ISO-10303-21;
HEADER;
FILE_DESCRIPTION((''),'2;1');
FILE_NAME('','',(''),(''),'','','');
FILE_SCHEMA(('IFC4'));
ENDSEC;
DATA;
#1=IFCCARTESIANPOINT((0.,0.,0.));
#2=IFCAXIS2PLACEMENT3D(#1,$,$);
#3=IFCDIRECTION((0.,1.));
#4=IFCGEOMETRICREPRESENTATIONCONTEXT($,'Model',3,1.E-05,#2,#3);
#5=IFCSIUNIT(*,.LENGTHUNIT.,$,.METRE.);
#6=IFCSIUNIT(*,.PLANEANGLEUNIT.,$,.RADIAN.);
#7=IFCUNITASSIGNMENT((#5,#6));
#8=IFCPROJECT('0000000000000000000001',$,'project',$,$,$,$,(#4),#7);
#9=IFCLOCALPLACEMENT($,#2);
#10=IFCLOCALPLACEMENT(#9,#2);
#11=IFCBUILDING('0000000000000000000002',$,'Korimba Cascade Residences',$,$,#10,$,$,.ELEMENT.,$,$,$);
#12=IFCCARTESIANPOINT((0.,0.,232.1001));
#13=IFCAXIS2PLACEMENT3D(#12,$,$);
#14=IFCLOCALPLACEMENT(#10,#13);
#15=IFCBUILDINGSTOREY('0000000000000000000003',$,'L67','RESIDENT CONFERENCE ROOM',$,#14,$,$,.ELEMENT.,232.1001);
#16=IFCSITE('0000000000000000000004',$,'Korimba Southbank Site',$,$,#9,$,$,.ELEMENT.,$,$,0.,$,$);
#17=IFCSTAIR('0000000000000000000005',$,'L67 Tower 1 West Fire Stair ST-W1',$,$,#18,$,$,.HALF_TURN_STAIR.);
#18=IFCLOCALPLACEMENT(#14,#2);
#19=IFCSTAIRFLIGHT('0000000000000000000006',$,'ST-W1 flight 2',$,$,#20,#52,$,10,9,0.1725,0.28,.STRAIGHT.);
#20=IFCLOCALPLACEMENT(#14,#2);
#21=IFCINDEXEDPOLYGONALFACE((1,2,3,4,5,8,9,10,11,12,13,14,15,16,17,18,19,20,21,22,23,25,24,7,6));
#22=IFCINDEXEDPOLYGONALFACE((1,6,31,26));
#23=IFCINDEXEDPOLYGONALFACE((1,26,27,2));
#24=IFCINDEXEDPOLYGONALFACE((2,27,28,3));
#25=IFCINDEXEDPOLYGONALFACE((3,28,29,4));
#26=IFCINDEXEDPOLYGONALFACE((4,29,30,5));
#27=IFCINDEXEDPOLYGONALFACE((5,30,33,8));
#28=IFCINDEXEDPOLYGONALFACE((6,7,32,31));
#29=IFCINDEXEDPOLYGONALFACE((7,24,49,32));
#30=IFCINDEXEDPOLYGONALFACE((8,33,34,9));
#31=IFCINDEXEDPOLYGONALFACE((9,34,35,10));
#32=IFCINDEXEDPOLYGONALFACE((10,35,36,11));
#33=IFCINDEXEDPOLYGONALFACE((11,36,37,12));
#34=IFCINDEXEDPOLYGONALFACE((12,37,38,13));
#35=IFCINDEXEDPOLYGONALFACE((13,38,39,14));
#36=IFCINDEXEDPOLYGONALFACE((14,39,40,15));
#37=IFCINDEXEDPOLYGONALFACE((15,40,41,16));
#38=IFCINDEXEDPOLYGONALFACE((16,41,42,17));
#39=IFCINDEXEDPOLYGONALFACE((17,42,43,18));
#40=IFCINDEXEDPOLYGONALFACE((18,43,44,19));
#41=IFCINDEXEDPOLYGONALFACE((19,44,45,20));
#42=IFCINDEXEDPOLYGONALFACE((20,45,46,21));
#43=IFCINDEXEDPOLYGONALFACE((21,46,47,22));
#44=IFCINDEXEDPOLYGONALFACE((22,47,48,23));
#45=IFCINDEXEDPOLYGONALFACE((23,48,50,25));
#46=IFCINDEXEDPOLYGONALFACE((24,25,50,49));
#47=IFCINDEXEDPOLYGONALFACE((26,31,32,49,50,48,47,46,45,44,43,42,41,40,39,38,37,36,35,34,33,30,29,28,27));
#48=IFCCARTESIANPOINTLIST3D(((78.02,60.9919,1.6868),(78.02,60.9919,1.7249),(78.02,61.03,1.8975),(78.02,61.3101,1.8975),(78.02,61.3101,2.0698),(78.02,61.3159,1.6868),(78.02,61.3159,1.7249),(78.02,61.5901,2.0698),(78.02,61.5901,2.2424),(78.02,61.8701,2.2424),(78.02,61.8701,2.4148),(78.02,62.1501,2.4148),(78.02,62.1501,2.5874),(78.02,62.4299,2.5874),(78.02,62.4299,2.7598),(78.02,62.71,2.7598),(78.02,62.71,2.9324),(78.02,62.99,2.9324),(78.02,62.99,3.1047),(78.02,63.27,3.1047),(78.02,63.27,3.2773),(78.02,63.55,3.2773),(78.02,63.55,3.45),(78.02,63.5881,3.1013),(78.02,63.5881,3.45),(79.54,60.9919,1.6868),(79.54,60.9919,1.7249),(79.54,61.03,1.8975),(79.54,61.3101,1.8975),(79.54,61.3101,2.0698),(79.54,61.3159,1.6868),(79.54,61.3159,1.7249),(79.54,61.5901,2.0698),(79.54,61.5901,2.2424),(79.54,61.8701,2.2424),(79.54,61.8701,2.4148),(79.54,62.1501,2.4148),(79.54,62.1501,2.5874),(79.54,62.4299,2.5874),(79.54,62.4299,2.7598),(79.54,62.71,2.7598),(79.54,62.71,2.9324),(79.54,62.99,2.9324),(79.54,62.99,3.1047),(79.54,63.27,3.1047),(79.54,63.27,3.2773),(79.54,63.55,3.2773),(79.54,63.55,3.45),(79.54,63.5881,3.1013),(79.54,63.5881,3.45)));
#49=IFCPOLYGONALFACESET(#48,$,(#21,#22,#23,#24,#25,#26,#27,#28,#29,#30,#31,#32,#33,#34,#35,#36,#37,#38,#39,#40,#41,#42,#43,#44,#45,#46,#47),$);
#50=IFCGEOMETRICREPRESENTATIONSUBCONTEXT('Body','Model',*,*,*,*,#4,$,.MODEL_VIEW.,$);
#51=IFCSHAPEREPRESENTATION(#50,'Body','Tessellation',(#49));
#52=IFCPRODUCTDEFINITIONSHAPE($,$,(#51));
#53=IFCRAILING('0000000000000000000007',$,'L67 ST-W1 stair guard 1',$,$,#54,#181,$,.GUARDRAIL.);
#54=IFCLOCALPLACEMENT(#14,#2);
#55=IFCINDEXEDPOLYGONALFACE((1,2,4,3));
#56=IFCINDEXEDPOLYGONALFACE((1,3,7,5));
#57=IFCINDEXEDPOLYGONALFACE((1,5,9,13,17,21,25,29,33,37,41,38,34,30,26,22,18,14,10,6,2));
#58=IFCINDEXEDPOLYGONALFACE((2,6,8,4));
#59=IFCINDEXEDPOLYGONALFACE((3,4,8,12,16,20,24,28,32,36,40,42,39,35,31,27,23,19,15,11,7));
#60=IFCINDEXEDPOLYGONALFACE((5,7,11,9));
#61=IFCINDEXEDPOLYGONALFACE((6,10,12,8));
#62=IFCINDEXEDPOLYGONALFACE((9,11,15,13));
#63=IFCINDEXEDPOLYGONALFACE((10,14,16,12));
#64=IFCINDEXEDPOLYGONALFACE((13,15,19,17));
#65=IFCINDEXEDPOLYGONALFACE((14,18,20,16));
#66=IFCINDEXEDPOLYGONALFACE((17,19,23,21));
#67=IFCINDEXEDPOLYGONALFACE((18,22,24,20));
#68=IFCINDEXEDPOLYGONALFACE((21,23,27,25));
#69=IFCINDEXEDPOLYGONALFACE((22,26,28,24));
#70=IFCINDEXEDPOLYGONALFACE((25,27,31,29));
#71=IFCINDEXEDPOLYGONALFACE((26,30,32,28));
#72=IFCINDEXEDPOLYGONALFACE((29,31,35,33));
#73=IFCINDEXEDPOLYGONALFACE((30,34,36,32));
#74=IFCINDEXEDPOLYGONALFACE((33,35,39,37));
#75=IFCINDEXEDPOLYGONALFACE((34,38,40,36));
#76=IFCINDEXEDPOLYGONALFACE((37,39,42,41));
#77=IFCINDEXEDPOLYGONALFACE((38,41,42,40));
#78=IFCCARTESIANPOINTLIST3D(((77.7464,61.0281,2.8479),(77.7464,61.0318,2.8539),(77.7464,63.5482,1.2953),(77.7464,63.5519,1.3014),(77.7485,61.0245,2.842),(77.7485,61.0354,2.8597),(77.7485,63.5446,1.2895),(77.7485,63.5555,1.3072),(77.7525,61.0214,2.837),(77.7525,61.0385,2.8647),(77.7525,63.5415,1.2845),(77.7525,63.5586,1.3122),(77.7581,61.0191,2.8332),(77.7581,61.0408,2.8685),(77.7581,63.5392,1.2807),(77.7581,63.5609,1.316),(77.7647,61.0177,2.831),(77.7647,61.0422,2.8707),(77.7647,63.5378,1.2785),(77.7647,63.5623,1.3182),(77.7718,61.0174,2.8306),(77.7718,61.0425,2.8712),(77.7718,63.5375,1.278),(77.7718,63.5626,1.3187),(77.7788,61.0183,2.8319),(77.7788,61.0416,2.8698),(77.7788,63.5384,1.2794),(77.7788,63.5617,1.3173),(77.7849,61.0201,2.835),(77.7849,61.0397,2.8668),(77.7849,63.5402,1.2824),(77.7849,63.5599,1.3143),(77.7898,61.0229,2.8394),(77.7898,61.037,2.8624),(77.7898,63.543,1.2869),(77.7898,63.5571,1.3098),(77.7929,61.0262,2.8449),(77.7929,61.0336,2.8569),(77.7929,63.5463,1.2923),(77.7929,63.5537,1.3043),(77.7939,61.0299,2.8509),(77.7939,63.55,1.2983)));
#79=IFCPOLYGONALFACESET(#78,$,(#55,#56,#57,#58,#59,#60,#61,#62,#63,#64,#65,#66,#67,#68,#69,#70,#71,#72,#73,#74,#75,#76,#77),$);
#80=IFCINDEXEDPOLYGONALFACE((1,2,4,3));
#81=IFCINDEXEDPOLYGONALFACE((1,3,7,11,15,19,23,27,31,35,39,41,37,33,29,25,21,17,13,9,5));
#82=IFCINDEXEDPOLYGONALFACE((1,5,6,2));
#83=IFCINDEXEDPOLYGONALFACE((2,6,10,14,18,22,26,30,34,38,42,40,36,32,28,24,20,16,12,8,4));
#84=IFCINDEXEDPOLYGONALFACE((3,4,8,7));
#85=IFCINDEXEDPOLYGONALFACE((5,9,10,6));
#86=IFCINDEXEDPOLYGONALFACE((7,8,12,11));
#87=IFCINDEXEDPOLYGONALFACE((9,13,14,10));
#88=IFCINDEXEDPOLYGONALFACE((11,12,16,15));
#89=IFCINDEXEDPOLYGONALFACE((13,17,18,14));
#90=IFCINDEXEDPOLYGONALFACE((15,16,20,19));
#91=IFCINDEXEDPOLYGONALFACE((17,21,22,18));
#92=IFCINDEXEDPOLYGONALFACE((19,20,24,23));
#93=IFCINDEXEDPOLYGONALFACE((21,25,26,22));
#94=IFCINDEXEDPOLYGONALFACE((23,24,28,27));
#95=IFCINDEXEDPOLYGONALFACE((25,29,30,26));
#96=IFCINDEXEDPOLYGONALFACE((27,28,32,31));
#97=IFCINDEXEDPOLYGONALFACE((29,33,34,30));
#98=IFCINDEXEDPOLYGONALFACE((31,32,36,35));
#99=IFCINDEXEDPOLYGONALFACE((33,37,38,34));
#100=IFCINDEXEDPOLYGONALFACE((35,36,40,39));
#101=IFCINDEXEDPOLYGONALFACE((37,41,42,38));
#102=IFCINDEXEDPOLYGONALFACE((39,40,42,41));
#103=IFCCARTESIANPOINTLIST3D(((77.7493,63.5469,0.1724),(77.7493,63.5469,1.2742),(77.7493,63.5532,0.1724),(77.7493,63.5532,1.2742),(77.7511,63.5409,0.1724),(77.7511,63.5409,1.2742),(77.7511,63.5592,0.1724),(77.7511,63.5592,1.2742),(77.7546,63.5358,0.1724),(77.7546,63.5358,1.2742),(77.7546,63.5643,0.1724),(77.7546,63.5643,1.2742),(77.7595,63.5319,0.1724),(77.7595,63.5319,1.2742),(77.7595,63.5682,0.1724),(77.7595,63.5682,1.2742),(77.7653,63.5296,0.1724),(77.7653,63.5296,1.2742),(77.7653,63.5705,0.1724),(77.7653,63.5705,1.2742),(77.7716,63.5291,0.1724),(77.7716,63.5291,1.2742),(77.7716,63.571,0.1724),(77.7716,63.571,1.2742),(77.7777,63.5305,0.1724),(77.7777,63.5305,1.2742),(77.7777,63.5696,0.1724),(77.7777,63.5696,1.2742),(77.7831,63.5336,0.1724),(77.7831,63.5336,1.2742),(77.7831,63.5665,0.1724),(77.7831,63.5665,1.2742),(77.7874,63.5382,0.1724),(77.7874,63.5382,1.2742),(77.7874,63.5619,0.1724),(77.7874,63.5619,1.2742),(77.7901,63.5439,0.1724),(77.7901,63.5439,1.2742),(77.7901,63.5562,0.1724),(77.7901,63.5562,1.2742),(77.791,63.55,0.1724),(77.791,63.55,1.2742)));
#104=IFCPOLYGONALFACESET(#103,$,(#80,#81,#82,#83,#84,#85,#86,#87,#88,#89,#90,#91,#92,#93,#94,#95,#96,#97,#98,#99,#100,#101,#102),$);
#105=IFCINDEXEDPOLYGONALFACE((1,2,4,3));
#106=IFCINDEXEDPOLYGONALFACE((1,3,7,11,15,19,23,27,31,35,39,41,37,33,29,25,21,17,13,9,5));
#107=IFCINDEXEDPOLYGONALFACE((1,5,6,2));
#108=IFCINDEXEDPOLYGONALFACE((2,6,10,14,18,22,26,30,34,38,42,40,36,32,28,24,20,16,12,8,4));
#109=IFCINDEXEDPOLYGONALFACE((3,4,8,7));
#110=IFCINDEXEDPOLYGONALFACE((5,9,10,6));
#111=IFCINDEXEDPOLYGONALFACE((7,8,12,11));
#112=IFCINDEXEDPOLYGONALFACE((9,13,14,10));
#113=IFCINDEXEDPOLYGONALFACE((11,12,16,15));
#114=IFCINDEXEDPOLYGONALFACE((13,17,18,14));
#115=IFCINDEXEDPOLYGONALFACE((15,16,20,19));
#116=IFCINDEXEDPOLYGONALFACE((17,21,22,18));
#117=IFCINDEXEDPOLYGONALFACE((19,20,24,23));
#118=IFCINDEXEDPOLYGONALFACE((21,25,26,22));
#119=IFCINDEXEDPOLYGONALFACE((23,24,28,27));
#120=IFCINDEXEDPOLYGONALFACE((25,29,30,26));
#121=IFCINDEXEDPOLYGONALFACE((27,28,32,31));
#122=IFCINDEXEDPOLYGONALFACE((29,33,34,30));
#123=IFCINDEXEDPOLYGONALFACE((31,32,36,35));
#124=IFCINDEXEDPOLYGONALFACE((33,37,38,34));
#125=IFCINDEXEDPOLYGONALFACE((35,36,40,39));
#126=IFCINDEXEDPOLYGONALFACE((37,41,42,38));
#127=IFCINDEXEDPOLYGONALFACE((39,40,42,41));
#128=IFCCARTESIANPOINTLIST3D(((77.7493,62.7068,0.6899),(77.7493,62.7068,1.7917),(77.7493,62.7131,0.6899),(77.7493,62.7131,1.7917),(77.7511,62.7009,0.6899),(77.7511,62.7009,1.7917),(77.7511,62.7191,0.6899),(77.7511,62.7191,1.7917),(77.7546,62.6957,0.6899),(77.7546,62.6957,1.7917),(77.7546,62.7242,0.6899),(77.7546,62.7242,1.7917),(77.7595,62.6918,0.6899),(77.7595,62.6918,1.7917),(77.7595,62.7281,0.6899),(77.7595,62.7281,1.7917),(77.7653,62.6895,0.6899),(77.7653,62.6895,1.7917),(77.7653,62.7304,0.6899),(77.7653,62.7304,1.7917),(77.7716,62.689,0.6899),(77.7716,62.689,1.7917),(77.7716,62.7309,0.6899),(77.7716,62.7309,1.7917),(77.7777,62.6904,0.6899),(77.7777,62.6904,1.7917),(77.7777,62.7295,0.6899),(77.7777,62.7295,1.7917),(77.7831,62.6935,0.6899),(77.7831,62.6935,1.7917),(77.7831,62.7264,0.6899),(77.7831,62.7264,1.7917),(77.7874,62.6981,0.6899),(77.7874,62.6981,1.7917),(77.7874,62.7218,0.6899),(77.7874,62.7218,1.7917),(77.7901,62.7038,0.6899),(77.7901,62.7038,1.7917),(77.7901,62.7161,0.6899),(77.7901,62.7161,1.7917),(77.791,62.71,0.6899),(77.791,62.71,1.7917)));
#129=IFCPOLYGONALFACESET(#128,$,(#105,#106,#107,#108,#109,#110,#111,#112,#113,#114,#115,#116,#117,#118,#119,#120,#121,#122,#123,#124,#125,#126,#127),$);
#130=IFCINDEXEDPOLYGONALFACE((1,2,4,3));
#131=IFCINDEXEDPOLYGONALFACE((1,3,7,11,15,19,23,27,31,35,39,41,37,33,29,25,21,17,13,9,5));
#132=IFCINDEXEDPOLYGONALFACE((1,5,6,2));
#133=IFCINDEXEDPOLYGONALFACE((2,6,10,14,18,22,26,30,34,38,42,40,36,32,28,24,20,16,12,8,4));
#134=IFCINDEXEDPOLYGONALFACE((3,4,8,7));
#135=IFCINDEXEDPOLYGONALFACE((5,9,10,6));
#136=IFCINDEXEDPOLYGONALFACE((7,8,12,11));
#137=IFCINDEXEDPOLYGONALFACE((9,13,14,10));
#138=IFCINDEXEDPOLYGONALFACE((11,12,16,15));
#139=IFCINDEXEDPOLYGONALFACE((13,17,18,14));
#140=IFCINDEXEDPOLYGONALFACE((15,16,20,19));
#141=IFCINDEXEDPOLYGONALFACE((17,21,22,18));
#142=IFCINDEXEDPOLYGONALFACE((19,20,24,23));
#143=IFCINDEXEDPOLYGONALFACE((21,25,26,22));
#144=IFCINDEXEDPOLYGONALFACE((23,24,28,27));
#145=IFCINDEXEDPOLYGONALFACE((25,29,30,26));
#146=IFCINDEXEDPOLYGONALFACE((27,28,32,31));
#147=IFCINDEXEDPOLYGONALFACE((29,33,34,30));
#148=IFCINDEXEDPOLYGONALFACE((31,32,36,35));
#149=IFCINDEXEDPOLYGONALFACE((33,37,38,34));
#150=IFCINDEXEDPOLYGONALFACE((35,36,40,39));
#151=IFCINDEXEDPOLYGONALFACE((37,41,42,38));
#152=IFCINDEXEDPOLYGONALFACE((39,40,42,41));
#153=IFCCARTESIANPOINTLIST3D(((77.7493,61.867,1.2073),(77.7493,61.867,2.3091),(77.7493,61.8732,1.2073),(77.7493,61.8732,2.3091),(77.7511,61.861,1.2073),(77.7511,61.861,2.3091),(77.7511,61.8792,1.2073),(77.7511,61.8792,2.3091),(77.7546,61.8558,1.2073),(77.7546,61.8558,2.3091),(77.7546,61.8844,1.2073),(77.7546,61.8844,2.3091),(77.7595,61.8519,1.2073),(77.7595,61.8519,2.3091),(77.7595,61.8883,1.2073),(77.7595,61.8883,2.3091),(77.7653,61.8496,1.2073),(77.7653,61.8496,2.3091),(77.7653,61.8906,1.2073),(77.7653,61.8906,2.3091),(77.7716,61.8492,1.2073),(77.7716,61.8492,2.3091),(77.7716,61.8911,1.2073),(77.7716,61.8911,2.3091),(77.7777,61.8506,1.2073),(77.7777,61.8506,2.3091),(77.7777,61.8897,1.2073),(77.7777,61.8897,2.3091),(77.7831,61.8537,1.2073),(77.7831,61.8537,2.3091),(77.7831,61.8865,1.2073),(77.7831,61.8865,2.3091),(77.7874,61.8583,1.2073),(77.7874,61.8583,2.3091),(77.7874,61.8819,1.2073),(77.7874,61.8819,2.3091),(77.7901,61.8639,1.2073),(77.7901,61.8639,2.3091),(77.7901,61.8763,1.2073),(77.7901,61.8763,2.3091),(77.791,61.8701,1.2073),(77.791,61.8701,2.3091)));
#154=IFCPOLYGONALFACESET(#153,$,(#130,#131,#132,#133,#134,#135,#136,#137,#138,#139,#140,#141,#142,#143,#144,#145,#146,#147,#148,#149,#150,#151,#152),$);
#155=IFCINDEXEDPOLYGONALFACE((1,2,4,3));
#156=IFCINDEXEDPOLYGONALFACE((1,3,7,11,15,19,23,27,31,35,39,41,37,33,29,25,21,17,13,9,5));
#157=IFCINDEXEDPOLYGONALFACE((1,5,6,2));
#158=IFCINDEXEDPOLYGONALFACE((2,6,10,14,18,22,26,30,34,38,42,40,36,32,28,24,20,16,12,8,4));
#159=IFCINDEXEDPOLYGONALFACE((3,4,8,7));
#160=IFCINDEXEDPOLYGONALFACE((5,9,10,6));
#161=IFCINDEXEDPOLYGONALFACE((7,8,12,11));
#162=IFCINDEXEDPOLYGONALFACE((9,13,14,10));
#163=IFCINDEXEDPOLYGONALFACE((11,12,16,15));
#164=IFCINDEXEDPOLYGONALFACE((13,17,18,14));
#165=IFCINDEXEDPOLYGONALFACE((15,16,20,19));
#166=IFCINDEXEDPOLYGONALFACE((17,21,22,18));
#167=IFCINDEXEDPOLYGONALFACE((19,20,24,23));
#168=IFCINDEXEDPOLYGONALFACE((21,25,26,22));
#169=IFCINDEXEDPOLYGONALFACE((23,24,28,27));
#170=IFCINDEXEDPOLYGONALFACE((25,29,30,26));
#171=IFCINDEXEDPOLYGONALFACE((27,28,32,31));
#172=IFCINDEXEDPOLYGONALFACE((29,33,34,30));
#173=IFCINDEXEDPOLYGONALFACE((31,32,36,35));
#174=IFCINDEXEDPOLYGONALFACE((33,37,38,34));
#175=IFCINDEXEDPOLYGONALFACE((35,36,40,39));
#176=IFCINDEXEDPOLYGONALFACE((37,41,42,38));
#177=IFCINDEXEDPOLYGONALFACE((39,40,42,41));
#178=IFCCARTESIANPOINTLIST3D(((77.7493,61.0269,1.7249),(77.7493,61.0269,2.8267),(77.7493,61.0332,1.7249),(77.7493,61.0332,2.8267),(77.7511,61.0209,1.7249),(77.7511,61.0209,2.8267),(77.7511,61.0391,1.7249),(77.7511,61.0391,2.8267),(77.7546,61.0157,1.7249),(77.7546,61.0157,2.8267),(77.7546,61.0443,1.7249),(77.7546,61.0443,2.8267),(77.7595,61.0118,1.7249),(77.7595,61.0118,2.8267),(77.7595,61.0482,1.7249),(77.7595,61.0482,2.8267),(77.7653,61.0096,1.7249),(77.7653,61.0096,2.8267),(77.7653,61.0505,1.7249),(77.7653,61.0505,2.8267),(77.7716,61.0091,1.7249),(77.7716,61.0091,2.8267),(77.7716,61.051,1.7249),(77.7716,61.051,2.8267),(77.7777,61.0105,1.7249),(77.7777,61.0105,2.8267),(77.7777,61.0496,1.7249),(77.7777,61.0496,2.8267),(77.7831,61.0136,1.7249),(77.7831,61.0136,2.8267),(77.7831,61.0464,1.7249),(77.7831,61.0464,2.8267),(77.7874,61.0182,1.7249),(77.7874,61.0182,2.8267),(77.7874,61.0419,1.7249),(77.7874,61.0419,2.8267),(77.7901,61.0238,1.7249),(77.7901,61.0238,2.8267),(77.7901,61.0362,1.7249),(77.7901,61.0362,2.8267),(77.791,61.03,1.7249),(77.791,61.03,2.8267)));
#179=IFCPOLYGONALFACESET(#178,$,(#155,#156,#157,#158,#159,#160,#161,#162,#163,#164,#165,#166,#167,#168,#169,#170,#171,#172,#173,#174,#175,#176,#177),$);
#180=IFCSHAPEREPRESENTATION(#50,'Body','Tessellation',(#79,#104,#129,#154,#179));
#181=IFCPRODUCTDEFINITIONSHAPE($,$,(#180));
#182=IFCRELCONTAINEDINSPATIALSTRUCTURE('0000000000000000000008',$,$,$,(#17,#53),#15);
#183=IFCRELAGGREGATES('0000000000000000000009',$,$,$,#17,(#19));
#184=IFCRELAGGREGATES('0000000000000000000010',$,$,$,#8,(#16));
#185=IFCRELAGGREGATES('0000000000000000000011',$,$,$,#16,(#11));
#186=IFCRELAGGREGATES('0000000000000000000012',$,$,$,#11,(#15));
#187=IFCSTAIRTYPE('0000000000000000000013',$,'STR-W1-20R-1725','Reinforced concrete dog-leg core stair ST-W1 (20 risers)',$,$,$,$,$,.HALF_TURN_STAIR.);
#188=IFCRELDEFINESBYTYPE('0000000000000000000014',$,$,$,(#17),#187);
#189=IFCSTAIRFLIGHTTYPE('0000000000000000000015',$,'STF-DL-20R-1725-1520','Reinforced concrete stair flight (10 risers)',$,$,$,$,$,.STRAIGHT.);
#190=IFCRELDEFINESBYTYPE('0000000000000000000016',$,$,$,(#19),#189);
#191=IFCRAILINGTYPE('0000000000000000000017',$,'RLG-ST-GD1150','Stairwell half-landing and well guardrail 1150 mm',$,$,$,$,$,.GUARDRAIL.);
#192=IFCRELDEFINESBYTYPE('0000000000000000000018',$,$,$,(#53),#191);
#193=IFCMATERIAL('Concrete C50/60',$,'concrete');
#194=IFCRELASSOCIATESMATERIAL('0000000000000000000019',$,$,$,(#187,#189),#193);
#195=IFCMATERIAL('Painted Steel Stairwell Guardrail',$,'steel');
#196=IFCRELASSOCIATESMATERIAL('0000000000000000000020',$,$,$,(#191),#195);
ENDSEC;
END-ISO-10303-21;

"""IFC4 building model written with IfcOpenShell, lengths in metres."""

from ifc_helpers import new_model, si_unit, direction, frame, origin, origin_2d, place, context, subcontext, project, spatial, polyline, circle, outline, extrude, material, type_object, element, aggregate, save


model = new_model("IFC4")

# Units and contexts
model_context = context("Model", 3, precision=1e-05, world=origin(), true_north=direction((0.0, 1.0)))
body_context = subcontext(model_context, "Body", "Model", "MODEL_VIEW")
ifc_project = project(units=[si_unit("LENGTHUNIT", "METRE"), si_unit("PLANEANGLEUNIT", "RADIAN")], contexts=[model_context])

# Site, building, storey
site_placement = place(None, origin())
site = spatial("IfcSite", under=ifc_project, at=site_placement, Name="Korimba Southbank Site", CompositionType="ELEMENT", RefElevation=0.0)
building_placement = place(site_placement, origin())
building = spatial("IfcBuilding", under=site, at=building_placement, Name="Korimba Cascade Residences", CompositionType="ELEMENT")
storey_placement = place(building_placement, frame((0.0, 0.0, 232.1001)))
storey = spatial("IfcBuildingStorey", under=building, at=storey_placement, Name="L67", Description="RESIDENT CONFERENCE ROOM", CompositionType="ELEMENT", Elevation=232.1001)

# Shared definitions
ifc_material_1 = material(Name="Concrete C50/60", Category="concrete")

# Stair, stair flight
stair_type = type_object("IfcStairType", Name="STR-W1-20R-1725", Description="Reinforced concrete dog-leg core stair ST-W1 (20 risers)", PredefinedType="HALF_TURN_STAIR", material=ifc_material_1)
stair_placement = place(storey_placement, origin())
stair = element("IfcStair", 1, at=stair_placement, inside=storey, type_object=stair_type, Name="L67 Tower 1 West Fire Stair ST-W1", PredefinedType="HALF_TURN_STAIR")
stair_flight_type = type_object("IfcStairFlightType", Name="STF-DL-20R-1725-1520", Description="Reinforced concrete stair flight (10 risers)", PredefinedType="STRAIGHT", material=ifc_material_1)
stair_flight_1_placement = place(storey_placement, frame((78.78, 61.03, 1.7249), z_axis=(0.0, 0.0, 1.0), x_axis=(0.0, 1.0, 0.0)))
stair_flight_1 = element("IfcStairFlight", 2, at=stair_flight_1_placement, type_object=stair_flight_type, Name="ST-W1 flight 2", NumberOfRisers=10, NumberOfTreads=9, PredefinedType="STRAIGHT", RiserHeight=0.1725, TreadLength=0.28, context=body_context, shape_type="SweptSolid", body=[
    extrude(outline(polyline([(-0.0381, 0.0), (0.0, 0.1726), (0.28, 0.1726), (0.28, 0.345), (0.5601, 0.345), (0.5601, 0.5176), (0.8401, 0.5176), (0.8401, 0.6899), (1.1201, 0.6899), (1.1201, 0.8625), (1.3999, 0.8625), (1.3999, 1.0349), (1.6799, 1.0349), (1.6799, 1.2075), (1.96, 1.2075), (1.96, 1.3799), (2.24, 1.3799), (2.24, 1.5525), (2.52, 1.5525), (2.52, 1.7251), (2.5581, 1.7251), (2.5581, 1.3765), (0.2859, 0.0), (0.2859, -0.0381), (-0.0381, -0.0381), (-0.0381, 0.0)])), frame((0.0, 0.76, 0.0), z_axis=(0.0, -1.0, 0.0), x_axis=(1.0, 0.0, 0.0)), (0.0, 0.0, 1.0), 1.52),
])
aggregate(stair, [stair_flight_1])

# Railing
ifc_material_2 = material(Name="Painted Steel Stairwell Guardrail", Category="steel")
railing_type_1 = type_object("IfcRailingType", Name="RLG-ST-GD1150", Description="Stairwell half-landing and well guardrail 1150 mm", PredefinedType="GUARDRAIL", material=ifc_material_2)
railing_1_placement = place(storey_placement, frame((77.77, 63.55, 0.1724)))
element("IfcRailing", 3, at=railing_1_placement, inside=storey, type_object=railing_type_1, Name="L67 ST-W1 stair guard 1", PredefinedType="GUARDRAIL", context=body_context, shape_type="SweptSolid", body=[
    extrude(circle(Radius=0.0239, at=origin_2d()), frame((0.0, 0.0, 1.126), z_axis=(0.0, -0.8514, 0.524516), x_axis=(1.0, 0.0, 0.0)), (0.0, 0.0, 1.0), 2.96),
    extrude(circle(Radius=0.021, at=origin_2d()), origin(), (0.0, 0.0, 1.0), 1.1018),
    extrude(circle(Radius=0.021, at=origin_2d()), frame((0.0, -0.8401, 0.5176)), (0.0, 0.0, 1.0), 1.1018),
    extrude(circle(Radius=0.021, at=origin_2d()), frame((0.0, -1.6799, 1.0349)), (0.0, 0.0, 1.0), 1.1018),
    extrude(circle(Radius=0.021, at=origin_2d()), frame((0.0, -2.52, 1.5525)), (0.0, 0.0, 1.0), 1.1018),
])

save(model, "model.ifc")
